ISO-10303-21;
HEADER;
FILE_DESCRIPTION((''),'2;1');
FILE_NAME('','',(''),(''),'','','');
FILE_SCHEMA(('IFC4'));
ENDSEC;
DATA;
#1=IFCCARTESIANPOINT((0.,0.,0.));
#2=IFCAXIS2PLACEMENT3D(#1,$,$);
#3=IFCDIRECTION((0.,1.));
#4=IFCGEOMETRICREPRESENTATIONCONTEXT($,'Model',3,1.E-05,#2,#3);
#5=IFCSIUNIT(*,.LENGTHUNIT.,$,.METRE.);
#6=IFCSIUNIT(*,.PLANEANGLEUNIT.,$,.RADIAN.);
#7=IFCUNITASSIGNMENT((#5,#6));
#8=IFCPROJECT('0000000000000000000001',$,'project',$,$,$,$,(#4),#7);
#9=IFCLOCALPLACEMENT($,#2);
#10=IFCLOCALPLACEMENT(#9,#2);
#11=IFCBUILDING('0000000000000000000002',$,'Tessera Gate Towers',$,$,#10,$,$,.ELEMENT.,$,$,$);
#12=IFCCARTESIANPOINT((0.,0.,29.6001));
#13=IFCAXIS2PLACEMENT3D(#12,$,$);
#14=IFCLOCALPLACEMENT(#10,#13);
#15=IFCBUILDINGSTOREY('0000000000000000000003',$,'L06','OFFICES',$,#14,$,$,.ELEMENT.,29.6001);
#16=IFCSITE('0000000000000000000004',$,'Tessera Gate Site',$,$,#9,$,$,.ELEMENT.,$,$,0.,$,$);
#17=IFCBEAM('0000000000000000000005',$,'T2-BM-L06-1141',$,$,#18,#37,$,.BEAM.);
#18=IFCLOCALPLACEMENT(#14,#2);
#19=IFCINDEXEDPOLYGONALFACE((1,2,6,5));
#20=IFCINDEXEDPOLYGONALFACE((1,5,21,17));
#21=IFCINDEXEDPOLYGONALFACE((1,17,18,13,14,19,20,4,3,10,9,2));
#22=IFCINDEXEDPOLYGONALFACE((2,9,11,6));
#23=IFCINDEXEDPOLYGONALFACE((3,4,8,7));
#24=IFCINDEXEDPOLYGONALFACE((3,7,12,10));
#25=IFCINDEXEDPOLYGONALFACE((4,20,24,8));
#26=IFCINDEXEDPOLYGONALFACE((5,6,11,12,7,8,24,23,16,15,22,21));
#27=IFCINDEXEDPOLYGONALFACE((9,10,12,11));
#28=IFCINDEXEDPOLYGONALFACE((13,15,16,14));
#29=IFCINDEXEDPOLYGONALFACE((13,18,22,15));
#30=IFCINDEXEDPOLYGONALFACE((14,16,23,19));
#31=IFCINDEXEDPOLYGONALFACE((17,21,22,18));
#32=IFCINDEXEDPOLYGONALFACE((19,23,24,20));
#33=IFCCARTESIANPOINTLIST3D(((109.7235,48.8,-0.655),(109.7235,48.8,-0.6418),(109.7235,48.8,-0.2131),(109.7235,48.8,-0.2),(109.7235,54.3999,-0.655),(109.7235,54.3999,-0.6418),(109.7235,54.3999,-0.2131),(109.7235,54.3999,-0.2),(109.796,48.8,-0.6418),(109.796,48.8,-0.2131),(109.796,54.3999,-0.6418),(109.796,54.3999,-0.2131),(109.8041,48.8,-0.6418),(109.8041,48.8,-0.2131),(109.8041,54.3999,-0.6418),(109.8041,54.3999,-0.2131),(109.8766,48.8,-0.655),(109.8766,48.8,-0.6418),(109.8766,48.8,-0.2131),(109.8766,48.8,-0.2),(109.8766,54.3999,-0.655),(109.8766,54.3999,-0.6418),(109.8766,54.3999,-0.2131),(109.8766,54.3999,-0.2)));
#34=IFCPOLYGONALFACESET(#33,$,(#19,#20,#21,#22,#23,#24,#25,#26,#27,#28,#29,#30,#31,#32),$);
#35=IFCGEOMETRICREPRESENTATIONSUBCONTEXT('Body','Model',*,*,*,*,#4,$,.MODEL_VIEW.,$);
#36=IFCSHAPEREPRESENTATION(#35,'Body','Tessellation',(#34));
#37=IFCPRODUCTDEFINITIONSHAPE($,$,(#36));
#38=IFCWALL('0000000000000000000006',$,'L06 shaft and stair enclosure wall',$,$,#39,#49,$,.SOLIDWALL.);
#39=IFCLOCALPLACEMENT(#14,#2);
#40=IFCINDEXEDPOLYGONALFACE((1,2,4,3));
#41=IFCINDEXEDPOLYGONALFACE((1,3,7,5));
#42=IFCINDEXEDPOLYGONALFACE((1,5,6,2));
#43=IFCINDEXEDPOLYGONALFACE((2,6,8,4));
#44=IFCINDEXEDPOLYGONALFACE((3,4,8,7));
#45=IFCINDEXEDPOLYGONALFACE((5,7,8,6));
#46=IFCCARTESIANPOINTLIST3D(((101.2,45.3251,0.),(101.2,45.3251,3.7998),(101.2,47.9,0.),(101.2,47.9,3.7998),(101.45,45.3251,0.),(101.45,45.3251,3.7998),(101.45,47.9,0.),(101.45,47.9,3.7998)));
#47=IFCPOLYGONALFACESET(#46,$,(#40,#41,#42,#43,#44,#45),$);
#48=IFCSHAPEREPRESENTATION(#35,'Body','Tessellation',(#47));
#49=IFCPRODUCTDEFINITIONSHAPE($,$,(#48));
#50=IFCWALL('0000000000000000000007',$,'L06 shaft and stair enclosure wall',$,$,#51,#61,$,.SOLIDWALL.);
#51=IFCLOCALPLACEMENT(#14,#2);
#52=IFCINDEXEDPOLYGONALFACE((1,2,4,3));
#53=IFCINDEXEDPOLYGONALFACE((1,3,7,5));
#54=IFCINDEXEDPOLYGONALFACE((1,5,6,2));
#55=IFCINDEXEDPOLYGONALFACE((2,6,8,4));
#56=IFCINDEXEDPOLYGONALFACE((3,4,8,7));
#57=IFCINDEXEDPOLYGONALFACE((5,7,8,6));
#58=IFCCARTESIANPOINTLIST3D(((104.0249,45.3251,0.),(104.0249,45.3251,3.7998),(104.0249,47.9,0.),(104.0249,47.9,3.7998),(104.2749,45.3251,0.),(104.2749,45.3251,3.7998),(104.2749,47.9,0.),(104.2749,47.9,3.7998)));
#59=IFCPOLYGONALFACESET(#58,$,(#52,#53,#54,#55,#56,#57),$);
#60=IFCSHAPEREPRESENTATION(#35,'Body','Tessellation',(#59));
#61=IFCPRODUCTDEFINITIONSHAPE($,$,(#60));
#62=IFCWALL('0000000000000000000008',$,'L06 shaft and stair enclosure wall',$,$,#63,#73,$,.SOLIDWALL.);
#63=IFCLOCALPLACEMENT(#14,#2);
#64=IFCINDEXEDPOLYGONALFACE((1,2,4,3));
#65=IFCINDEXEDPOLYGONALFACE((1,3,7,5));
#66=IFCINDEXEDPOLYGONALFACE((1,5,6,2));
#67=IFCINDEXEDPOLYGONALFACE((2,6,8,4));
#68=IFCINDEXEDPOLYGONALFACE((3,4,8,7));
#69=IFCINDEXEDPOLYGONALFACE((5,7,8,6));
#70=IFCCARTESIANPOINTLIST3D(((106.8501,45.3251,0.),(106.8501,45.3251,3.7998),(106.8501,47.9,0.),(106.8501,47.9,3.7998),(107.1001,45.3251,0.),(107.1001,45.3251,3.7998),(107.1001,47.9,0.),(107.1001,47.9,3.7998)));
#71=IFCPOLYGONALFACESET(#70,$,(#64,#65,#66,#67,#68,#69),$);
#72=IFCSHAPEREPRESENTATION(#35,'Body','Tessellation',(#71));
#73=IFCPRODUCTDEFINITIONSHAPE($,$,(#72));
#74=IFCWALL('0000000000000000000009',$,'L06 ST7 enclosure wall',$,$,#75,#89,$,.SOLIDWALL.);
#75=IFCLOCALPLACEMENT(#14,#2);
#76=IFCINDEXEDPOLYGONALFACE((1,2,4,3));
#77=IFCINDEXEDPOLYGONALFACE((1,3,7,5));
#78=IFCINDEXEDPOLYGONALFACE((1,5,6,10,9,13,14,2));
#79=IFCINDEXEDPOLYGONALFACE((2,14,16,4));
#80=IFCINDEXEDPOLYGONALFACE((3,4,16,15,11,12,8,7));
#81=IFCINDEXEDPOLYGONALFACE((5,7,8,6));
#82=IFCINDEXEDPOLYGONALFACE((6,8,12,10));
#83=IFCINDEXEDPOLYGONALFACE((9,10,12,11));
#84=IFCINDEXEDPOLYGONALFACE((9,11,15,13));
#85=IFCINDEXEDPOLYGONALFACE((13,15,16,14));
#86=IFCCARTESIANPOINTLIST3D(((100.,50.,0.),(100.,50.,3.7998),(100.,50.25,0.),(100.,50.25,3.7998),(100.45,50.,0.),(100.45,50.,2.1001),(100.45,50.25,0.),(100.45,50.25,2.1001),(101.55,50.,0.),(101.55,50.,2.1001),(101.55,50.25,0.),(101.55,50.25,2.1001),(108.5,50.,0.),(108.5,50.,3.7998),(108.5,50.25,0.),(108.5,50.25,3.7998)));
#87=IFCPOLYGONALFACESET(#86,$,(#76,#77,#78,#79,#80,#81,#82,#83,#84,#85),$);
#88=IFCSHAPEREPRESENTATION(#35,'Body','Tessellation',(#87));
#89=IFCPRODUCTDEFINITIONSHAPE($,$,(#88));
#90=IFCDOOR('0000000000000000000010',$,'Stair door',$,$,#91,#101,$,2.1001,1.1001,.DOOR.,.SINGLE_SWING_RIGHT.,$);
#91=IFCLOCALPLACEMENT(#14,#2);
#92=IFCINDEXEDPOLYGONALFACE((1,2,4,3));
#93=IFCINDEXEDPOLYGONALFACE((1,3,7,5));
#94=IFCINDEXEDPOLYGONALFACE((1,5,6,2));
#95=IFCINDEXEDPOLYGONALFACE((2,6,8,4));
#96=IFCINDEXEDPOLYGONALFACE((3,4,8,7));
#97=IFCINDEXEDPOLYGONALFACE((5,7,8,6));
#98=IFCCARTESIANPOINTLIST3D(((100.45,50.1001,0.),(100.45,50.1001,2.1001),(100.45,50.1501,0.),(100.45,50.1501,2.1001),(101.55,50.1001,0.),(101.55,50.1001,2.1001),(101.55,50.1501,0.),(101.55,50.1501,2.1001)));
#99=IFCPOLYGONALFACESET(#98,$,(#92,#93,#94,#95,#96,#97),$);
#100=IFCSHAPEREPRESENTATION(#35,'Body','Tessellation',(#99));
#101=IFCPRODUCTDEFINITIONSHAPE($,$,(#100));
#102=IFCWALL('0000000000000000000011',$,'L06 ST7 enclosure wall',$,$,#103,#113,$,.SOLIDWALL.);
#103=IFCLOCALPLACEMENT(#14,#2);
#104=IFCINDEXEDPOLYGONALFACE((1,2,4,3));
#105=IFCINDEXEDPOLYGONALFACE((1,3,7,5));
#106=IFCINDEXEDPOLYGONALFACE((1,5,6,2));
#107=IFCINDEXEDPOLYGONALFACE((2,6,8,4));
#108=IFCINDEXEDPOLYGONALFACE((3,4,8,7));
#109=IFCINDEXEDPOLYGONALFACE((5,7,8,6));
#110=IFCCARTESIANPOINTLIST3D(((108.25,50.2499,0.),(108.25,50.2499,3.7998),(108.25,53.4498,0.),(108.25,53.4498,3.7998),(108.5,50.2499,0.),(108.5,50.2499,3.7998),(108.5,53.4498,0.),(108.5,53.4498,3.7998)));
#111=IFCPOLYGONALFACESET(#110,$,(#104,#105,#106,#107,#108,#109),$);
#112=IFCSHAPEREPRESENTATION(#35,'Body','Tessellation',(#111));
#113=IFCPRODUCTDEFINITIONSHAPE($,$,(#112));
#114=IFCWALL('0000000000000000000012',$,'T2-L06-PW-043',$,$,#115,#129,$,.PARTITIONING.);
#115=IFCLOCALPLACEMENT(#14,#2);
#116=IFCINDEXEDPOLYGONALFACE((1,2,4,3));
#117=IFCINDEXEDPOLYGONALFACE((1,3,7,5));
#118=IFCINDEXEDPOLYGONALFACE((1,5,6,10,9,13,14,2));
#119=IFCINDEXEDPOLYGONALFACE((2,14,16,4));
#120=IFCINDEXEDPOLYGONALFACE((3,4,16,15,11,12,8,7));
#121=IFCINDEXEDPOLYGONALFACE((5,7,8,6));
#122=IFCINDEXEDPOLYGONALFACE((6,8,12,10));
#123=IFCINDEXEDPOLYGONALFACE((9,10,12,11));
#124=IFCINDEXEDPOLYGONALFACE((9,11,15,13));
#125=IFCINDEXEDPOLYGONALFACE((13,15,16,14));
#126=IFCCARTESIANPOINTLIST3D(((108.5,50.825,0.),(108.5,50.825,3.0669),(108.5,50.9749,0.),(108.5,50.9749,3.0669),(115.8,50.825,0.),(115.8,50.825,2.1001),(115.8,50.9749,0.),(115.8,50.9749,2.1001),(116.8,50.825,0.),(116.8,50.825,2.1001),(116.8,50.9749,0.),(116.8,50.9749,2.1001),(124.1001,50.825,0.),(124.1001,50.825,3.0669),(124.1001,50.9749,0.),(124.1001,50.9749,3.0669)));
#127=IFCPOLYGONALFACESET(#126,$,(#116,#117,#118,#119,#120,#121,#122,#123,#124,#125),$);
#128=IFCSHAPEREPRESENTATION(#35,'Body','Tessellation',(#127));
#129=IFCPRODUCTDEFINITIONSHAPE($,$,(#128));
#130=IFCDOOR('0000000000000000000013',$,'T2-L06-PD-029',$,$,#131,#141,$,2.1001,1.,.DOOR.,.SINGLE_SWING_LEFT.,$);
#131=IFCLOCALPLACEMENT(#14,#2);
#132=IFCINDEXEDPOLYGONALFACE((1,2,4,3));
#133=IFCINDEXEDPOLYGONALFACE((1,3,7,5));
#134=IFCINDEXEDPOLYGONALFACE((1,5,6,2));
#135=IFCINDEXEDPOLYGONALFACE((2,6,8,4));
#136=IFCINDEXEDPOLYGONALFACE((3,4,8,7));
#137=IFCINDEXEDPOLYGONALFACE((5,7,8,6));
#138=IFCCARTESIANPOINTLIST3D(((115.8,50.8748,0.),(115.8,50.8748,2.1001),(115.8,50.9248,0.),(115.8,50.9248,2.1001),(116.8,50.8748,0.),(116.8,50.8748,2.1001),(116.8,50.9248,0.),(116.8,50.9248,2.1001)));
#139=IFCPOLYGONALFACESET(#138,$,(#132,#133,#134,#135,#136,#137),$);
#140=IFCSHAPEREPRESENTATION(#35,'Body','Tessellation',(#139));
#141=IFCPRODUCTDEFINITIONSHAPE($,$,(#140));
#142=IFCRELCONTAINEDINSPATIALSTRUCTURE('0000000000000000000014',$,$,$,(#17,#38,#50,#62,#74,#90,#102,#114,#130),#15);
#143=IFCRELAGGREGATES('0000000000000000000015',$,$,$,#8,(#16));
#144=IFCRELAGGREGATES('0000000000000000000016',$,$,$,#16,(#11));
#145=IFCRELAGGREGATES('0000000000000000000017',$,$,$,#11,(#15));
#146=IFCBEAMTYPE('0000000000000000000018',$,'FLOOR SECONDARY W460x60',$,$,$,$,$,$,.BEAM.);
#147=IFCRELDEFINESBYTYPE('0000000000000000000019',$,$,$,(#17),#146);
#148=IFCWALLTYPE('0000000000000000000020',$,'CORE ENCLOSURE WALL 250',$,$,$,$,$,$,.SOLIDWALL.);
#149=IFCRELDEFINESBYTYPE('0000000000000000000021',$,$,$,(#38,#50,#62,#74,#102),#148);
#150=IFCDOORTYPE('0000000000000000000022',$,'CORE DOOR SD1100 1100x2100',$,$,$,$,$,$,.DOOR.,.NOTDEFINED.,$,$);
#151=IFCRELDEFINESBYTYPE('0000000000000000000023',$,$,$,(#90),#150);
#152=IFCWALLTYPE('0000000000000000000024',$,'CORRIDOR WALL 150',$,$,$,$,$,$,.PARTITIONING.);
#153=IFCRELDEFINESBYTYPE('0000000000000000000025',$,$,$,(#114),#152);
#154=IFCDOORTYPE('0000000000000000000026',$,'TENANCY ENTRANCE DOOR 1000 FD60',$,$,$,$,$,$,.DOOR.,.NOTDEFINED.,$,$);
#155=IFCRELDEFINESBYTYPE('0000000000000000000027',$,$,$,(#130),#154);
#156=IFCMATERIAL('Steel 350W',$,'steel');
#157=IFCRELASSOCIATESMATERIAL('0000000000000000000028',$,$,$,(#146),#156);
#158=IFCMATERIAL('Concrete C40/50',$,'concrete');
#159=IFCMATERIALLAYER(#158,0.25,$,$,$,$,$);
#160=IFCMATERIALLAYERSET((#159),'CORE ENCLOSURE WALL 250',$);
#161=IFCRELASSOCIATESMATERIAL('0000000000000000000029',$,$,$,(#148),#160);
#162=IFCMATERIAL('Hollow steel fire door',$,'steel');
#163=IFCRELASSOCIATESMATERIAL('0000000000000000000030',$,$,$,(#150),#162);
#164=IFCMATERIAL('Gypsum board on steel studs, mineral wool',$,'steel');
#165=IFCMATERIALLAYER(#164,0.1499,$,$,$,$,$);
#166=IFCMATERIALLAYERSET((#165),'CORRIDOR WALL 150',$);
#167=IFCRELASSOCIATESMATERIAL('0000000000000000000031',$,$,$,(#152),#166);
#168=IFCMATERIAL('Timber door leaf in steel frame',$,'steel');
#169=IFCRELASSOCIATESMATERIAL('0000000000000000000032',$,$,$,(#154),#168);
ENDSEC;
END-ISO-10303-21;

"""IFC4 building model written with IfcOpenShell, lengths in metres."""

from ifc_helpers import new_model, si_unit, direction, frame, frame_2d, origin, origin_2d, place, context, subcontext, project, spatial, rectangle, i_section, extrude, source, transform, mapped, material, layer, layer_set, material_profile, profile_set, type_object, element, fill, save


model = new_model("IFC4")

# Units and contexts
model_context = context("Model", 3, precision=1e-05, world=origin(), true_north=direction((0.0, 1.0)))
body_context = subcontext(model_context, "Body", "Model", "MODEL_VIEW")
ifc_project = project(units=[si_unit("LENGTHUNIT", "METRE"), si_unit("PLANEANGLEUNIT", "RADIAN")], contexts=[model_context])

# Site, building, storey
site_placement = place(None, origin())
site = spatial("IfcSite", under=ifc_project, at=site_placement, Name="Tessera Gate Site", CompositionType="ELEMENT", RefElevation=0.0)
building_placement = place(site_placement, origin())
building = spatial("IfcBuilding", under=site, at=building_placement, Name="Tessera Gate Towers", CompositionType="ELEMENT")
storey_placement = place(building_placement, frame((0.0, 0.0, 29.6001)))
storey = spatial("IfcBuildingStorey", under=building, at=storey_placement, Name="L06", Description="OFFICES", CompositionType="ELEMENT", Elevation=29.6001)

# Beam
ifc_material_1 = material(Name="Steel 350W", Category="steel")
ifc_material_profile = material_profile(ifc_material_1, i_section(OverallWidth=0.1531, OverallDepth=0.4551, WebThickness=0.0081, FlangeThickness=0.0132, at=origin_2d()), Name="W460x60")
ifc_profile_set = profile_set([ifc_material_profile], Name="Steel 350W")
beam_type = type_object("IfcBeamType", Name="FLOOR SECONDARY W460x60", PredefinedType="BEAM", material=ifc_profile_set)
beam_placement = place(storey_placement, frame((109.8, 48.8, -0.4275), z_axis=(0.0, 1.0, 0.0), x_axis=(-1.0, 0.0, 0.0)))
element("IfcBeam", 1, at=beam_placement, inside=storey, type_object=beam_type, Name="T2-BM-L06-1141", PredefinedType="BEAM", context=body_context, shape_type="SweptSolid", body=[
    extrude(i_section(OverallWidth=0.1531, OverallDepth=0.4551, WebThickness=0.0081, FlangeThickness=0.0132, at=origin_2d()), origin(), (0.0, 0.0, 1.0), 5.5999),
])

# Walls
ifc_material_2 = material(Name="Concrete C40/50", Category="concrete")
ifc_layer_1 = layer(ifc_material_2, 0.25)
ifc_layer_set_1 = layer_set([ifc_layer_1], Name="CORE ENCLOSURE WALL 250")
wall_type_1 = type_object("IfcWallType", Name="CORE ENCLOSURE WALL 250", PredefinedType="SOLIDWALL", material=ifc_layer_set_1)
for number, where, z_axis, x_axis, name in (
    (2, (101.325, 45.325, 0.0), (0.0, 0.0, 1.0), (0.0, 1.0, 0.0), "L06 shaft and stair enclosure wall"),
    (3, (104.1499, 45.325, 0.0), (0.0, 0.0, 1.0), (0.0, 1.0, 0.0), "L06 shaft and stair enclosure wall"),
    (4, (106.9751, 45.325, 0.0), (0.0, 0.0, 1.0), (0.0, 1.0, 0.0), "L06 shaft and stair enclosure wall"),
):
    element("IfcWall", number, at=place(storey_placement, frame(where, z_axis=z_axis, x_axis=x_axis)), inside=storey, type_object=wall_type_1, Name=name, PredefinedType="SOLIDWALL", context=body_context, shape_type="SweptSolid", body=[
        extrude(rectangle(XDim=2.575, YDim=0.25, at=frame_2d((1.2876, 0.0))), origin(), (0.0, 0.0, 1.0), 3.7998),
    ])

# Wall, opening, door
wall_1_placement = place(storey_placement, frame((108.5, 50.125, 0.0), z_axis=(0.0, 0.0, 1.0), x_axis=(-1.0, 0.0, 0.0)))
wall_1 = element("IfcWall", 5, at=wall_1_placement, inside=storey, type_object=wall_type_1, Name="L06 ST7 enclosure wall", PredefinedType="SOLIDWALL", context=body_context, shape_type="SweptSolid", body=[
    extrude(rectangle(XDim=8.5, YDim=0.25, at=frame_2d((4.25, 0.0))), origin(), (0.0, 0.0, 1.0), 3.7998),
])
shared_shape_1 = source(origin(), body_context, "Body", "SweptSolid", [
    extrude(rectangle(XDim=1.1001, YDim=2.1001, at=frame_2d((0.55, 1.05))), frame((0.0, 0.135, 0.0), z_axis=(0.0, -1.0, 0.0), x_axis=(1.0, 0.0, 0.0)), (0.0, 0.0, 1.0), 0.27),
])
opening_1_placement = place(wall_1_placement, frame((6.95, 0.0, 0.0)))
opening_1 = element("IfcOpeningElement", 6, at=opening_1_placement, cuts=wall_1, PredefinedType="OPENING", context=body_context, shape_type="MappedRepresentation", body=[
    mapped(shared_shape_1, transform((0.0, 0.0, 0.0), scale=1.0)),
])
ifc_material_3 = material(Name="Hollow steel fire door", Category="steel")
door_type_1 = type_object("IfcDoorType", Name="CORE DOOR SD1100 1100x2100", OperationType="NOTDEFINED", PredefinedType="DOOR", material=ifc_material_3)
shared_shape_2 = source(origin(), body_context, "Body", "SweptSolid", [
    extrude(rectangle(XDim=1.1001, YDim=2.1001, at=frame_2d((0.55, 1.05))), frame((0.0, 0.0249, 0.0), z_axis=(0.0, -1.0, 0.0), x_axis=(1.0, 0.0, 0.0)), (0.0, 0.0, 1.0), 0.05),
])
door_1_placement = place(opening_1_placement, origin())
door_1 = element("IfcDoor", 7, at=door_1_placement, inside=storey, type_object=door_type_1, Name="Stair door", OperationType="SINGLE_SWING_RIGHT", OverallHeight=2.1001, OverallWidth=1.1001, PredefinedType="DOOR", context=body_context, shape_type="MappedRepresentation", body=[
    mapped(shared_shape_2, transform((0.0, 0.0, 0.0), scale=1.0)),
])
fill(opening_1, door_1)

# Wall
wall_2_placement = place(storey_placement, frame((108.375, 53.45, 0.0), z_axis=(0.0, 0.0, 1.0), x_axis=(0.0, -1.0, 0.0)))
element("IfcWall", 8, at=wall_2_placement, inside=storey, type_object=wall_type_1, Name="L06 ST7 enclosure wall", PredefinedType="SOLIDWALL", context=body_context, shape_type="SweptSolid", body=[
    extrude(rectangle(XDim=3.2, YDim=0.25, at=frame_2d((1.6001, 0.0))), origin(), (0.0, 0.0, 1.0), 3.7998),
])

# Wall, opening, door
ifc_material_4 = material(Name="Gypsum board on steel studs, mineral wool", Category="steel")
ifc_layer_2 = layer(ifc_material_4, 0.1499)
ifc_layer_set_2 = layer_set([ifc_layer_2], Name="CORRIDOR WALL 150")
wall_type_2 = type_object("IfcWallType", Name="CORRIDOR WALL 150", PredefinedType="PARTITIONING", material=ifc_layer_set_2)
wall_3_placement = place(storey_placement, frame((108.5, 50.8999, 0.0), z_axis=(0.0, 0.0, 1.0), x_axis=(1.0, 0.0, 0.0)))
wall_3 = element("IfcWall", 9, at=wall_3_placement, inside=storey, type_object=wall_type_2, Name="T2-L06-PW-043", PredefinedType="PARTITIONING", context=body_context, shape_type="SweptSolid", body=[
    extrude(rectangle(XDim=15.6001, YDim=0.1499, at=frame_2d((7.8, 0.0))), origin(), (0.0, 0.0, 1.0), 3.0669),
])
shared_shape_3 = source(origin(), body_context, "Body", "SweptSolid", [
    extrude(rectangle(XDim=1.0, YDim=2.1001, at=frame_2d((0.5, 1.05))), frame((0.0, 0.085, 0.0), z_axis=(0.0, -1.0, 0.0), x_axis=(1.0, 0.0, 0.0)), (0.0, 0.0, 1.0), 0.1699),
])
opening_2_placement = place(wall_3_placement, frame((7.3, 0.0, 0.0)))
opening_2 = element("IfcOpeningElement", 10, at=opening_2_placement, cuts=wall_3, PredefinedType="OPENING", context=body_context, shape_type="MappedRepresentation", body=[
    mapped(shared_shape_3, transform((0.0, 0.0, 0.0), scale=1.0)),
])
ifc_material_5 = material(Name="Timber door leaf in steel frame", Category="steel")
door_type_2 = type_object("IfcDoorType", Name="TENANCY ENTRANCE DOOR 1000 FD60", OperationType="NOTDEFINED", PredefinedType="DOOR", material=ifc_material_5)
shared_shape_4 = source(origin(), body_context, "Body", "SweptSolid", [
    extrude(rectangle(XDim=1.0, YDim=2.1001, at=frame_2d((0.5, 1.05))), frame((0.0, 0.0249, 0.0), z_axis=(0.0, -1.0, 0.0), x_axis=(1.0, 0.0, 0.0)), (0.0, 0.0, 1.0), 0.05),
])
door_2_placement = place(opening_2_placement, origin())
door_2 = element("IfcDoor", 11, at=door_2_placement, inside=storey, type_object=door_type_2, Name="T2-L06-PD-029", OperationType="SINGLE_SWING_LEFT", OverallHeight=2.1001, OverallWidth=1.0, PredefinedType="DOOR", context=body_context, shape_type="MappedRepresentation", body=[
    mapped(shared_shape_4, transform((0.0, 0.0, 0.0), scale=1.0)),
])
fill(opening_2, door_2)

save(model, "model.ifc")
